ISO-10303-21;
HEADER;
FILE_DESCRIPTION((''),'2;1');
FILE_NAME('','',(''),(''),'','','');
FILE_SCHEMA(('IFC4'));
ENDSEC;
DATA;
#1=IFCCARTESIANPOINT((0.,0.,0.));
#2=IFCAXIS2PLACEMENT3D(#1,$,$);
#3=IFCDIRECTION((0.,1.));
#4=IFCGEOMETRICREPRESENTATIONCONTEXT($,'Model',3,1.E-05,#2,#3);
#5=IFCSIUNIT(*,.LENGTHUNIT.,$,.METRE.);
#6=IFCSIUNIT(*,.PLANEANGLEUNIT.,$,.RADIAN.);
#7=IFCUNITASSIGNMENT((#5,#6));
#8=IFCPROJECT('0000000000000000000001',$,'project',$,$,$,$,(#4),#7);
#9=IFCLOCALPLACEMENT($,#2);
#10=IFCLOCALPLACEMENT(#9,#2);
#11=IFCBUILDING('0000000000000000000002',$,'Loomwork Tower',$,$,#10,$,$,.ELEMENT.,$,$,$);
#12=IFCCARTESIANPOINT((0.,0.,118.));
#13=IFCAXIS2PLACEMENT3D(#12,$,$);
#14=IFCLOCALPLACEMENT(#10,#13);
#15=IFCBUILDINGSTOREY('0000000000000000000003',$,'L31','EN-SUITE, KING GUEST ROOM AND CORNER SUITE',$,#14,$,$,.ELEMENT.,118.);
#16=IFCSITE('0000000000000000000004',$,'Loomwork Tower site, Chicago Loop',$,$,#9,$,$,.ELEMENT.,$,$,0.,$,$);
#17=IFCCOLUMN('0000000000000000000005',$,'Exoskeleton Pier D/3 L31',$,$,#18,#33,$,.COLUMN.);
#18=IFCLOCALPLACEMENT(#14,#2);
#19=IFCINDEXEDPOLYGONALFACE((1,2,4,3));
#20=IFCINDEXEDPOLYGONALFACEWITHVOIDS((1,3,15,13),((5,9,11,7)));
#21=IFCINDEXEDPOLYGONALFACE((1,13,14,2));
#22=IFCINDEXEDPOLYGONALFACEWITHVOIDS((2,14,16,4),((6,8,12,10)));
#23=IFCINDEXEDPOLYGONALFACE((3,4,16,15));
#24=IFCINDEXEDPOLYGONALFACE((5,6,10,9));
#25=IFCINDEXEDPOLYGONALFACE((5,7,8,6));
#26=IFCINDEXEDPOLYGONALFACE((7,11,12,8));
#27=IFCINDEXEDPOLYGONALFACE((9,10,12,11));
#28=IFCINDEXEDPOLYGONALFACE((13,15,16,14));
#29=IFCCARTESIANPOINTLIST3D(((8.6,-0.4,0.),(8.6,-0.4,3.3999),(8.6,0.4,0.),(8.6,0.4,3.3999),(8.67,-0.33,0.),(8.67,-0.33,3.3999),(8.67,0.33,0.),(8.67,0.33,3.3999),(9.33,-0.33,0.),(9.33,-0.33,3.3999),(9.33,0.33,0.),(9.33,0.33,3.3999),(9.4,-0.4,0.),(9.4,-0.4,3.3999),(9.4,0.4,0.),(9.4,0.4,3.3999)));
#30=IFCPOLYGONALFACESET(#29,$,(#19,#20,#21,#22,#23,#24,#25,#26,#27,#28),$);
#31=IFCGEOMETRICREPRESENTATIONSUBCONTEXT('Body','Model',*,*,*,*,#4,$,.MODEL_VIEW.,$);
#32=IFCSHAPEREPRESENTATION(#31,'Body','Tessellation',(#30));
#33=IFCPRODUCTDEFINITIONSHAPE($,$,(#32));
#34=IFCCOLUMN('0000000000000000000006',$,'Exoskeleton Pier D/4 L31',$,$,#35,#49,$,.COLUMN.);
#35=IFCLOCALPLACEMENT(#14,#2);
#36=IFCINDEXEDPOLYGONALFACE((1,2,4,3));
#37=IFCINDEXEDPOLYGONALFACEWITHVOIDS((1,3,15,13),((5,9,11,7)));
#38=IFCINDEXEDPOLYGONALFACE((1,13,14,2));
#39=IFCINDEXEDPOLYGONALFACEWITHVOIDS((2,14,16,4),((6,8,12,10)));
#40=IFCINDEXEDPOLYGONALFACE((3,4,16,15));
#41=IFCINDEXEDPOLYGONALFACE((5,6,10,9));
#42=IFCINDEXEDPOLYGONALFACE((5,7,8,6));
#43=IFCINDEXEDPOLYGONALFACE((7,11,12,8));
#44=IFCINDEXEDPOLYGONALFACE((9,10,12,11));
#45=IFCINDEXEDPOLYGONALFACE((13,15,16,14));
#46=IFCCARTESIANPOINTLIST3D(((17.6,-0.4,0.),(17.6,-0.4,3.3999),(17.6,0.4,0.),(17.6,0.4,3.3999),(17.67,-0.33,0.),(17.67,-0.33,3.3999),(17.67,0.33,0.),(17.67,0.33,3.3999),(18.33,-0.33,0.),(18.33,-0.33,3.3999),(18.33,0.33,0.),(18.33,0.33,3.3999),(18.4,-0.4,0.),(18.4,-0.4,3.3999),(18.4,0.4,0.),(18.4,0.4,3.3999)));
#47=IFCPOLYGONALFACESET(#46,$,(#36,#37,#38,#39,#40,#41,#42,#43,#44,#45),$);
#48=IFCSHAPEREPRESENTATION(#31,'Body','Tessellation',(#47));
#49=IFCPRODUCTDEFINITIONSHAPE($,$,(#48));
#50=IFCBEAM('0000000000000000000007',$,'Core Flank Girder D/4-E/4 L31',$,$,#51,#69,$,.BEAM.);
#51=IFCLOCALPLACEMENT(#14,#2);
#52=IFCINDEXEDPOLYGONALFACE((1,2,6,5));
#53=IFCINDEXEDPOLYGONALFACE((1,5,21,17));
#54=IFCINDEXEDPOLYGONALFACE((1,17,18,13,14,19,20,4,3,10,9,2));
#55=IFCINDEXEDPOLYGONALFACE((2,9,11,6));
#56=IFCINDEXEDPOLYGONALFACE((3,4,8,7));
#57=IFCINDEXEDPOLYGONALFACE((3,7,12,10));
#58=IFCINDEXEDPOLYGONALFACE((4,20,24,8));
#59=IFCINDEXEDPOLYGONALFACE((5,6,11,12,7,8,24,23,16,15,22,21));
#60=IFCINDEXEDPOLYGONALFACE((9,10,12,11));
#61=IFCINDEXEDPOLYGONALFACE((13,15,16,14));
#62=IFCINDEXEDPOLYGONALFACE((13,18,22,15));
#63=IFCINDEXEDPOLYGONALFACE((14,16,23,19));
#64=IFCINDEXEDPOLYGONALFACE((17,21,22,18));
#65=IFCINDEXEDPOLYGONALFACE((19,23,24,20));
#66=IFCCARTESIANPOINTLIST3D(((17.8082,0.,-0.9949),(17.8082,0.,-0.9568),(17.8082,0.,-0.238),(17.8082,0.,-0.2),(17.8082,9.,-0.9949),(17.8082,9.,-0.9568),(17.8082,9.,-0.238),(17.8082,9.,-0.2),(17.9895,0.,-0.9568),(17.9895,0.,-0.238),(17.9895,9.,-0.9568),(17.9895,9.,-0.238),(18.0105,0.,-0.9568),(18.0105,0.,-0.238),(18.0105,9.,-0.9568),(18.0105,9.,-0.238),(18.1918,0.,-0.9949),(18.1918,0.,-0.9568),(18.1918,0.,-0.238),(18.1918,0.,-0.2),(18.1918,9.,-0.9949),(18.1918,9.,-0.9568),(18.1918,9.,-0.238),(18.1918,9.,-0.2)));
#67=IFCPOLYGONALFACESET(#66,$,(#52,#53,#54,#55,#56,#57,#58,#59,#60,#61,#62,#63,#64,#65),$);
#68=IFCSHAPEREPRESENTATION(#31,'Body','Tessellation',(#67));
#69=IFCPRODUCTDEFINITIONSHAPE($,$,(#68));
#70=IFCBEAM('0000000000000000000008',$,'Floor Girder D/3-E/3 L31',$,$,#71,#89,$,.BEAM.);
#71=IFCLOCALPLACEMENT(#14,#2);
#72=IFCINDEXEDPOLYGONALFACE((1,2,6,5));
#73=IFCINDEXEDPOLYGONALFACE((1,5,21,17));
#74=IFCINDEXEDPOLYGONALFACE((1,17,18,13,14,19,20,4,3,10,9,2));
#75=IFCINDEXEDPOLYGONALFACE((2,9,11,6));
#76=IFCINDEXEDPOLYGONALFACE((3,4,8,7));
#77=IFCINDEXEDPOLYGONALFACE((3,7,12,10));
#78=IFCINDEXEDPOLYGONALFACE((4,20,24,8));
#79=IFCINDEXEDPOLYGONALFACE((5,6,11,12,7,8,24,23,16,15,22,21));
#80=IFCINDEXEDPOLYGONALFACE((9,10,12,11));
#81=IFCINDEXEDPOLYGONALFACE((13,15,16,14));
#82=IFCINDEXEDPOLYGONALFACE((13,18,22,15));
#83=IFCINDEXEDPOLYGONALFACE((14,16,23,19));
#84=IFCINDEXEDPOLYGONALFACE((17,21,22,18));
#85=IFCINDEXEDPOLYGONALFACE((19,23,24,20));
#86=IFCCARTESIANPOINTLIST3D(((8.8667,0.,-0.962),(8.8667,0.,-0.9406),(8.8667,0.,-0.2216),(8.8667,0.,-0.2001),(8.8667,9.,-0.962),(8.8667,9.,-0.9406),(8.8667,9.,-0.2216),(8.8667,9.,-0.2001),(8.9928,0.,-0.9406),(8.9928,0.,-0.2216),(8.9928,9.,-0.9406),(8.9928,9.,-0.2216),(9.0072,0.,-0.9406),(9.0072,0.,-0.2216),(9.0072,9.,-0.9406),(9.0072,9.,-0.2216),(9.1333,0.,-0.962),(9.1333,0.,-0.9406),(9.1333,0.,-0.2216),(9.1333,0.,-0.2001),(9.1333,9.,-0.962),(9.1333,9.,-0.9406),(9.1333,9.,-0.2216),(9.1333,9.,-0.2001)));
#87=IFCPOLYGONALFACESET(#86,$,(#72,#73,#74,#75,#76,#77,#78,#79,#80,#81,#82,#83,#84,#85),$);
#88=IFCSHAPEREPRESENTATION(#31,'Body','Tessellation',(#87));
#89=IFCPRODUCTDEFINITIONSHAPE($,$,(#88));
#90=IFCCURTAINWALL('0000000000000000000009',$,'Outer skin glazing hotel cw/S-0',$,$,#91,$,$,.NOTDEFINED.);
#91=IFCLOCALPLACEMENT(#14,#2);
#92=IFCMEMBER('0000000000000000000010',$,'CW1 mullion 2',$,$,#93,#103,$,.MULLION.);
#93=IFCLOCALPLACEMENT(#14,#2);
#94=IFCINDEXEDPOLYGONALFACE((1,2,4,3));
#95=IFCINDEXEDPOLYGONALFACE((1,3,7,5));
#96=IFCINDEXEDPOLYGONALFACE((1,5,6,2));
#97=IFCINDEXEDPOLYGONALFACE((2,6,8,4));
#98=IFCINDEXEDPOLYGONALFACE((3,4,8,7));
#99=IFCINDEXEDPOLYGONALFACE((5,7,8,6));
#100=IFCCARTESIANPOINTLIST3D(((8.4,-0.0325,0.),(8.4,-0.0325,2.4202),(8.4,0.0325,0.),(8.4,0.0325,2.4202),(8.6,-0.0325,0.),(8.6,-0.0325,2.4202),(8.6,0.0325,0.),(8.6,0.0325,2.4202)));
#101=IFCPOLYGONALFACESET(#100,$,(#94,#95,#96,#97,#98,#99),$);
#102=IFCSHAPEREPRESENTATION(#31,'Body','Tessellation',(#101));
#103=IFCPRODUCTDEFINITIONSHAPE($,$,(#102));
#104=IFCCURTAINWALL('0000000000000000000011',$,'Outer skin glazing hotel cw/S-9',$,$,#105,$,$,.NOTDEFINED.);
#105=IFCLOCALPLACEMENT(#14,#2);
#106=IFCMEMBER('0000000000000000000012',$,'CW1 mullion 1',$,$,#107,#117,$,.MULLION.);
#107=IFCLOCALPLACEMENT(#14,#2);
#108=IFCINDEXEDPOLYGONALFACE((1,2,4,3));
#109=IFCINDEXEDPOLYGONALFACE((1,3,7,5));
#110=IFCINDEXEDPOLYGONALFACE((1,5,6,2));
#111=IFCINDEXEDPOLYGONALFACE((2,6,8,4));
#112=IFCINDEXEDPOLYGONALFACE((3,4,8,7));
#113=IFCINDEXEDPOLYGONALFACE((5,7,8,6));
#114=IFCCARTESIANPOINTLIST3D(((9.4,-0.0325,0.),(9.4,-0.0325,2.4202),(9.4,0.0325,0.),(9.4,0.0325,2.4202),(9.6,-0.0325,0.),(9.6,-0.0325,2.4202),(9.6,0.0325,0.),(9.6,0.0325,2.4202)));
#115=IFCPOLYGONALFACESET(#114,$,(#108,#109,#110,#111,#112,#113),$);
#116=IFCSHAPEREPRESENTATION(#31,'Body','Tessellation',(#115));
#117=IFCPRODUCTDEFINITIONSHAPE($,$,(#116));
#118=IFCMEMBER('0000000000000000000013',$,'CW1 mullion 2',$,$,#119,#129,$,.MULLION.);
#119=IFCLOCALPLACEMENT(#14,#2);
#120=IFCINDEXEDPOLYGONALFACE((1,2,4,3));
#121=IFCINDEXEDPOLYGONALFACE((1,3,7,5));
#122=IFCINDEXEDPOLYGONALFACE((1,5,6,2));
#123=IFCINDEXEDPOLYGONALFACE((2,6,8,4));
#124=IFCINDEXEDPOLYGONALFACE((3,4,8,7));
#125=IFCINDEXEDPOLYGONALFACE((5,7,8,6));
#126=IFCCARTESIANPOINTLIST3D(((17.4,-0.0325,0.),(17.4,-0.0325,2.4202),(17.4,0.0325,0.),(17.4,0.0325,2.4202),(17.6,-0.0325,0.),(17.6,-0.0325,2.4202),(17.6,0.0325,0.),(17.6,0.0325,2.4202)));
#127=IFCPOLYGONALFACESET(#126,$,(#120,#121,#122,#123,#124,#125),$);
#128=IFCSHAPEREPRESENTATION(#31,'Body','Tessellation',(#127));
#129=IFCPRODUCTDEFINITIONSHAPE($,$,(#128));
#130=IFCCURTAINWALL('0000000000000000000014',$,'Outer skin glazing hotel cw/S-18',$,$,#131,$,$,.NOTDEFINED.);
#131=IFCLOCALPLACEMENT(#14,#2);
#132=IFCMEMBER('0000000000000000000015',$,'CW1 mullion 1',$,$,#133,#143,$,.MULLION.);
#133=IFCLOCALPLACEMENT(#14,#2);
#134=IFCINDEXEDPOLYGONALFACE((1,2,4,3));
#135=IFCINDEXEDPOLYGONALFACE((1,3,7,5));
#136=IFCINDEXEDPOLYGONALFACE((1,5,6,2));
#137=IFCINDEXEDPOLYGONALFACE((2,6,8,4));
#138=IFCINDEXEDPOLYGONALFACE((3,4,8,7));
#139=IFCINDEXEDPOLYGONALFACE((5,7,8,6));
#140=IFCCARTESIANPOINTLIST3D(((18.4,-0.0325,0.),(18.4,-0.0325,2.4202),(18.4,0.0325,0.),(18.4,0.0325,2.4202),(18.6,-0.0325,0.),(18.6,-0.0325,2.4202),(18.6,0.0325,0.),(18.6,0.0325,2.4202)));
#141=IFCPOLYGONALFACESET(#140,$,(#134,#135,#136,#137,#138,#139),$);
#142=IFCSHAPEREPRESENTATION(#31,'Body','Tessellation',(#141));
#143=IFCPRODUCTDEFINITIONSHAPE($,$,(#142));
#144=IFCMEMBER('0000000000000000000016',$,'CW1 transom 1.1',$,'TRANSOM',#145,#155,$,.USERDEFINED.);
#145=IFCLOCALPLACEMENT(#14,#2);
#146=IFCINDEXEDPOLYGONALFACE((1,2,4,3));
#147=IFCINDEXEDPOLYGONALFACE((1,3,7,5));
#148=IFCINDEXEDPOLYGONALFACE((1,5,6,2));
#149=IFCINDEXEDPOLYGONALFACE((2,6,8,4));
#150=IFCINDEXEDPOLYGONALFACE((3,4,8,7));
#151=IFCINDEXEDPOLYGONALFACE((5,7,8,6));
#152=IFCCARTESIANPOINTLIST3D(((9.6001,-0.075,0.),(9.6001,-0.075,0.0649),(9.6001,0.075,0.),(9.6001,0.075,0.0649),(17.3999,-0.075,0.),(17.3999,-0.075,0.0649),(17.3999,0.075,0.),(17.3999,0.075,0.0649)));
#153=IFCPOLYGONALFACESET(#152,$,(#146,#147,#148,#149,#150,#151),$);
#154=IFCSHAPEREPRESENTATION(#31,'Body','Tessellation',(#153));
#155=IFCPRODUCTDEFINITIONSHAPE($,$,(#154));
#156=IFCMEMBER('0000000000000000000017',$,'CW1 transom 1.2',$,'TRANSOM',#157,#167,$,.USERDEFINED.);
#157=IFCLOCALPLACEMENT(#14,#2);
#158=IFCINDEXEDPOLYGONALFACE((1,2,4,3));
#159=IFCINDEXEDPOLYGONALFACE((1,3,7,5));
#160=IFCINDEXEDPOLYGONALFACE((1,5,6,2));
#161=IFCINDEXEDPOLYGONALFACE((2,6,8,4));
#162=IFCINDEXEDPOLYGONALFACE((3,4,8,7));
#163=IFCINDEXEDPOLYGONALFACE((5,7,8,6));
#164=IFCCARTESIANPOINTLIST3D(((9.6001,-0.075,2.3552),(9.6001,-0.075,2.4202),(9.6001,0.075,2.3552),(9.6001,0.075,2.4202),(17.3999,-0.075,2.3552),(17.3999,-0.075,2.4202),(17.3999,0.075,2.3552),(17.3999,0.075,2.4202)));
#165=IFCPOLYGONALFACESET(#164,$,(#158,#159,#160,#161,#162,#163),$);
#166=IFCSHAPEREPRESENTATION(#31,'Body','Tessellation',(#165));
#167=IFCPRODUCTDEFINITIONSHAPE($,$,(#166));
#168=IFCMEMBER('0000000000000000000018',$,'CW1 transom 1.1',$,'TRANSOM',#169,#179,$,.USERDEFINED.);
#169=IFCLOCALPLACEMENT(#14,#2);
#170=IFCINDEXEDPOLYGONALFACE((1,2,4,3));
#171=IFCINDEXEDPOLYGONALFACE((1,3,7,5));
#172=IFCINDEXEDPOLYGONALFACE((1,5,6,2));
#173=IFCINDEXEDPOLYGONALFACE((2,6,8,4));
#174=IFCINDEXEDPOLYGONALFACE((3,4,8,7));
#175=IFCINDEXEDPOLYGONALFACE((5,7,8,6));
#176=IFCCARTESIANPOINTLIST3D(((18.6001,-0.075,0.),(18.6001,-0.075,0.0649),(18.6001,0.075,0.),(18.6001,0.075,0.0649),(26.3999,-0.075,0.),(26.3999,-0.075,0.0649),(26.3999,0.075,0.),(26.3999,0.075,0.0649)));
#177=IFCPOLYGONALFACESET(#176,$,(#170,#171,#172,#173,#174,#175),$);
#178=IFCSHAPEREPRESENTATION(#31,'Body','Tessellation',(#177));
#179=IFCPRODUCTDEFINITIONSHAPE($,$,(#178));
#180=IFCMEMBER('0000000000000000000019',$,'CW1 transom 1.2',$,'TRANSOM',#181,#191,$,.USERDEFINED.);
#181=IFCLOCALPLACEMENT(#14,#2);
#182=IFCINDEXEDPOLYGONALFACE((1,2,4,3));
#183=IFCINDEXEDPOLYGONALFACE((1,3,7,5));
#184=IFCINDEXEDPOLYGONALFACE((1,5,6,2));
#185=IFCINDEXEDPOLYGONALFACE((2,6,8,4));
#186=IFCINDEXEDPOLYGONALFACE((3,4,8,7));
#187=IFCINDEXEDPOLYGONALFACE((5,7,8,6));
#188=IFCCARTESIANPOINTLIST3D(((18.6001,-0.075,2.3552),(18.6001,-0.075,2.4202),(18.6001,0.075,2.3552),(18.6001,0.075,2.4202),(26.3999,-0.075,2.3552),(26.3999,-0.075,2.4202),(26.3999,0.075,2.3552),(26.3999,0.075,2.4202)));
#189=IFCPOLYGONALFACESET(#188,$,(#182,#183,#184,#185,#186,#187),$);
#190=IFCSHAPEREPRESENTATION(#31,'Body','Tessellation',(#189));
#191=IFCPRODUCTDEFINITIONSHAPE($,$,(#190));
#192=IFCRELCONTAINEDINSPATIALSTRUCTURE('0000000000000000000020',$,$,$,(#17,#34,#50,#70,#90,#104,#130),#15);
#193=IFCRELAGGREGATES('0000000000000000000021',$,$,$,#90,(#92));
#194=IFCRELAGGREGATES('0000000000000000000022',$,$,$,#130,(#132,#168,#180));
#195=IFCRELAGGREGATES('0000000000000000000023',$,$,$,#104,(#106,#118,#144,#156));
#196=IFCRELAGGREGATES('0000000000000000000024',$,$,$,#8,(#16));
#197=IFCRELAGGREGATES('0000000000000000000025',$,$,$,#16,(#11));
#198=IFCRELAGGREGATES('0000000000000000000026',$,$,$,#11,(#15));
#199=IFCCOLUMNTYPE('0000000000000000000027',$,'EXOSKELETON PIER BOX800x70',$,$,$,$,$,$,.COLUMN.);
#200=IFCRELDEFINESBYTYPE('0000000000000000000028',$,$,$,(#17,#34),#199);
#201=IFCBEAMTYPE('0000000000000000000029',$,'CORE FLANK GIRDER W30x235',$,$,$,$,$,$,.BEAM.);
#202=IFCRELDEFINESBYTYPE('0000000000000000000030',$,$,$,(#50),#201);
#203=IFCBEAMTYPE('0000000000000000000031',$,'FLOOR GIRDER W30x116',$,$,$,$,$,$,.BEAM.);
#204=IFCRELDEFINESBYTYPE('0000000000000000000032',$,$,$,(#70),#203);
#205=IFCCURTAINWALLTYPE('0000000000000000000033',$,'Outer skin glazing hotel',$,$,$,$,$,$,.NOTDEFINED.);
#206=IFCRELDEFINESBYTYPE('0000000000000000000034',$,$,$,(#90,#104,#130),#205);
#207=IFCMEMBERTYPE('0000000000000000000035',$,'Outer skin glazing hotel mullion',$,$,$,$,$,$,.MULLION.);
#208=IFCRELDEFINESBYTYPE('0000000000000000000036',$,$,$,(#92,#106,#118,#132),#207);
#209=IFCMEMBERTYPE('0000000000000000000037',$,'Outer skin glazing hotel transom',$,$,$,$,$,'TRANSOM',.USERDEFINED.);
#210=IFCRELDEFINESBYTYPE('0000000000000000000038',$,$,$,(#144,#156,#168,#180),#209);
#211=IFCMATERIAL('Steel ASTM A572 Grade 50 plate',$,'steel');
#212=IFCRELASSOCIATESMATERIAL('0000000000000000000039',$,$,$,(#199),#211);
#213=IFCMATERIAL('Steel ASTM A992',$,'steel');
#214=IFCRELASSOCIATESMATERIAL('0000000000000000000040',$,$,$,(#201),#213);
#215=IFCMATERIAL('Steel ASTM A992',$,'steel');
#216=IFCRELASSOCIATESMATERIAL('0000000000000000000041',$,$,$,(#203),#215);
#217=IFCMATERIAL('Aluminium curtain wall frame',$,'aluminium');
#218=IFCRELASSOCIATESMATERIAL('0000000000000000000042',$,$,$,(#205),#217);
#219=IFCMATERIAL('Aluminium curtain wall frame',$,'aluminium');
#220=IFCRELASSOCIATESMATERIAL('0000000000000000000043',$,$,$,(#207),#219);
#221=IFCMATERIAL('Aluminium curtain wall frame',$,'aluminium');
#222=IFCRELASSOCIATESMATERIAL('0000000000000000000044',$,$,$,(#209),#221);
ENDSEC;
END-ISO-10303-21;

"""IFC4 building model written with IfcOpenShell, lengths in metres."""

from ifc_helpers import new_model, si_unit, direction, frame, origin, origin_2d, place, context, subcontext, project, spatial, rectangle, hollow_rectangle, i_section, extrude, material, material_profile, profile_set, type_object, element, aggregate, save


model = new_model("IFC4")

# Units and contexts
model_context = context("Model", 3, precision=1e-05, world=origin(), true_north=direction((0.0, 1.0)))
body_context = subcontext(model_context, "Body", "Model", "MODEL_VIEW")
ifc_project = project(units=[si_unit("LENGTHUNIT", "METRE"), si_unit("PLANEANGLEUNIT", "RADIAN")], contexts=[model_context])

# Site, building, storey
site_placement = place(None, origin())
site = spatial("IfcSite", under=ifc_project, at=site_placement, Name="Loomwork Tower site, Chicago Loop", CompositionType="ELEMENT", RefElevation=0.0)
building_placement = place(site_placement, origin())
building = spatial("IfcBuilding", under=site, at=building_placement, Name="Loomwork Tower", CompositionType="ELEMENT")
storey_placement = place(building_placement, frame((0.0, 0.0, 118.0)))
storey = spatial("IfcBuildingStorey", under=building, at=storey_placement, Name="L31", Description="EN-SUITE, KING GUEST ROOM AND CORNER SUITE", CompositionType="ELEMENT", Elevation=118.0)

# Columns
ifc_material_1 = material(Name="Steel ASTM A572 Grade 50 plate", Category="steel")
ifc_material_profile_1 = material_profile(ifc_material_1, hollow_rectangle(XDim=0.8, YDim=0.8, WallThickness=0.0701, at=origin_2d()), Name="BOX800x70")
ifc_profile_set_1 = profile_set([ifc_material_profile_1], Name="Steel ASTM A572 Grade 50 plate")
column_type = type_object("IfcColumnType", Name="EXOSKELETON PIER BOX800x70", PredefinedType="COLUMN", material=ifc_profile_set_1)
for number, where, z_axis, x_axis, name in (
    (1, (9.0, 0.0, 0.0), (0.0, 0.0, 1.0), (1.0, 0.0, 0.0), "Exoskeleton Pier D/3 L31"),
    (2, (18.0, 0.0, 0.0), (0.0, 0.0, 1.0), (1.0, 0.0, 0.0), "Exoskeleton Pier D/4 L31"),
):
    element("IfcColumn", number, at=place(storey_placement, frame(where, z_axis=z_axis, x_axis=x_axis)), inside=storey, type_object=column_type, Name=name, PredefinedType="COLUMN", context=body_context, shape_type="SweptSolid", body=[
        extrude(hollow_rectangle(XDim=0.8, YDim=0.8, WallThickness=0.0701, at=origin_2d()), origin(), (0.0, 0.0, 1.0), 3.3999),
    ])

# Beams
ifc_material_2 = material(Name="Steel ASTM A992", Category="steel")
ifc_material_profile_2 = material_profile(ifc_material_2, i_section(OverallWidth=0.3835, OverallDepth=0.7949, WebThickness=0.021, FlangeThickness=0.0381, at=origin_2d()), Name="W30x235")
ifc_profile_set_2 = profile_set([ifc_material_profile_2], Name="Steel ASTM A992")
beam_type_1 = type_object("IfcBeamType", Name="CORE FLANK GIRDER W30x235", PredefinedType="BEAM", material=ifc_profile_set_2)
beam_1_placement = place(storey_placement, frame((18.0, 0.0, -0.5974), z_axis=(0.0, 1.0, 0.0), x_axis=(-1.0, 0.0, 0.0)))
element("IfcBeam", 3, at=beam_1_placement, inside=storey, type_object=beam_type_1, Name="Core Flank Girder D/4-E/4 L31", PredefinedType="BEAM", context=body_context, shape_type="SweptSolid", body=[
    extrude(i_section(OverallWidth=0.3835, OverallDepth=0.7949, WebThickness=0.021, FlangeThickness=0.0381, at=origin_2d()), origin(), (0.0, 0.0, 1.0), 9.0),
])
ifc_material_3 = material(Name="Steel ASTM A992", Category="steel")
ifc_material_profile_3 = material_profile(ifc_material_3, i_section(OverallWidth=0.2666, OverallDepth=0.762, WebThickness=0.0144, FlangeThickness=0.0215, at=origin_2d()), Name="W30x116")
ifc_profile_set_3 = profile_set([ifc_material_profile_3], Name="Steel ASTM A992")
beam_type_2 = type_object("IfcBeamType", Name="FLOOR GIRDER W30x116", PredefinedType="BEAM", material=ifc_profile_set_3)
beam_2_placement = place(storey_placement, frame((9.0, 0.0, -0.5811), z_axis=(0.0, 1.0, 0.0), x_axis=(-1.0, 0.0, 0.0)))
element("IfcBeam", 4, at=beam_2_placement, inside=storey, type_object=beam_type_2, Name="Floor Girder D/3-E/3 L31", PredefinedType="BEAM", context=body_context, shape_type="SweptSolid", body=[
    extrude(i_section(OverallWidth=0.2666, OverallDepth=0.762, WebThickness=0.0144, FlangeThickness=0.0215, at=origin_2d()), origin(), (0.0, 0.0, 1.0), 9.0),
])

# Curtain wall, member
ifc_material_4 = material(Name="Aluminium curtain wall frame", Category="aluminium")
curtain_wall_type = type_object("IfcCurtainWallType", Name="Outer skin glazing hotel", PredefinedType="NOTDEFINED", material=ifc_material_4)
curtain_wall_1_placement = place(storey_placement, origin())
curtain_wall_1 = element("IfcCurtainWall", 5, at=curtain_wall_1_placement, inside=storey, type_object=curtain_wall_type, Name="Outer skin glazing hotel cw/S-0", PredefinedType="NOTDEFINED")
ifc_material_5 = material(Name="Aluminium curtain wall frame", Category="aluminium")
ifc_material_profile_4 = material_profile(ifc_material_5, rectangle(XDim=0.0649, YDim=0.2, at=origin_2d()), Name="AL 65x200")
ifc_profile_set_4 = profile_set([ifc_material_profile_4], Name="Aluminium curtain wall frame")
member_type_1 = type_object("IfcMemberType", Name="Outer skin glazing hotel mullion", PredefinedType="MULLION", material=ifc_profile_set_4)
member_1_placement = place(storey_placement, frame((8.5, 0.0, 0.0), z_axis=(0.0, 0.0, 1.0), x_axis=(0.0, 1.0, 0.0)))
member_1 = element("IfcMember", 6, at=member_1_placement, type_object=member_type_1, Name="CW1 mullion 2", PredefinedType="MULLION", context=body_context, shape_type="SweptSolid", body=[
    extrude(rectangle(XDim=0.0649, YDim=0.2, at=origin_2d()), origin(), (0.0, 0.0, 1.0), 2.4202),
])
aggregate(curtain_wall_1, [member_1])

# Curtain wall, members
curtain_wall_2_placement = place(storey_placement, origin())
curtain_wall_2 = element("IfcCurtainWall", 7, at=curtain_wall_2_placement, inside=storey, type_object=curtain_wall_type, Name="Outer skin glazing hotel cw/S-9", PredefinedType="NOTDEFINED")
member_2_placement = place(storey_placement, frame((9.5, 0.0, 0.0), z_axis=(0.0, 0.0, 1.0), x_axis=(0.0, 1.0, 0.0)))
member_2 = element("IfcMember", 8, at=member_2_placement, type_object=member_type_1, Name="CW1 mullion 1", PredefinedType="MULLION", context=body_context, shape_type="SweptSolid", body=[
    extrude(rectangle(XDim=0.0649, YDim=0.2, at=origin_2d()), origin(), (0.0, 0.0, 1.0), 2.4202),
])
member_3_placement = place(storey_placement, frame((17.5, 0.0, 0.0), z_axis=(0.0, 0.0, 1.0), x_axis=(0.0, 1.0, 0.0)))
member_3 = element("IfcMember", 9, at=member_3_placement, type_object=member_type_1, Name="CW1 mullion 2", PredefinedType="MULLION", context=body_context, shape_type="SweptSolid", body=[
    extrude(rectangle(XDim=0.0649, YDim=0.2, at=origin_2d()), origin(), (0.0, 0.0, 1.0), 2.4202),
])

# Curtain wall, member
curtain_wall_3_placement = place(storey_placement, origin())
curtain_wall_3 = element("IfcCurtainWall", 10, at=curtain_wall_3_placement, inside=storey, type_object=curtain_wall_type, Name="Outer skin glazing hotel cw/S-18", PredefinedType="NOTDEFINED")
member_4_placement = place(storey_placement, frame((18.5, 0.0, 0.0), z_axis=(0.0, 0.0, 1.0), x_axis=(0.0, 1.0, 0.0)))
member_4 = element("IfcMember", 11, at=member_4_placement, type_object=member_type_1, Name="CW1 mullion 1", PredefinedType="MULLION", context=body_context, shape_type="SweptSolid", body=[
    extrude(rectangle(XDim=0.0649, YDim=0.2, at=origin_2d()), origin(), (0.0, 0.0, 1.0), 2.4202),
])

# Members
ifc_material_6 = material(Name="Aluminium curtain wall frame", Category="aluminium")
ifc_material_profile_5 = material_profile(ifc_material_6, rectangle(XDim=0.1499, YDim=0.0649, at=origin_2d()), Name="AL 65x150")
ifc_profile_set_5 = profile_set([ifc_material_profile_5], Name="Aluminium curtain wall frame")
member_type_2 = type_object("IfcMemberType", Name="Outer skin glazing hotel transom", ElementType="TRANSOM", PredefinedType="USERDEFINED", material=ifc_profile_set_5)
member_5_placement = place(storey_placement, frame((9.6001, 0.0, 0.0325), z_axis=(1.0, 0.0, 0.0), x_axis=(0.0, 1.0, 0.0)))
member_5 = element("IfcMember", 12, at=member_5_placement, type_object=member_type_2, Name="CW1 transom 1.1", ObjectType="TRANSOM", PredefinedType="USERDEFINED", context=body_context, shape_type="SweptSolid", body=[
    extrude(rectangle(XDim=0.1499, YDim=0.0649, at=origin_2d()), origin(), (0.0, 0.0, 1.0), 7.7998),
])
member_6_placement = place(storey_placement, frame((9.6001, 0.0, 2.3877), z_axis=(1.0, 0.0, 0.0), x_axis=(0.0, 1.0, 0.0)))
member_6 = element("IfcMember", 13, at=member_6_placement, type_object=member_type_2, Name="CW1 transom 1.2", ObjectType="TRANSOM", PredefinedType="USERDEFINED", context=body_context, shape_type="SweptSolid", body=[
    extrude(rectangle(XDim=0.1499, YDim=0.0649, at=origin_2d()), origin(), (0.0, 0.0, 1.0), 7.7998),
])
member_7_placement = place(storey_placement, frame((18.6001, 0.0, 0.0325), z_axis=(1.0, 0.0, 0.0), x_axis=(0.0, 1.0, 0.0)))
member_7 = element("IfcMember", 14, at=member_7_placement, type_object=member_type_2, Name="CW1 transom 1.1", ObjectType="TRANSOM", PredefinedType="USERDEFINED", context=body_context, shape_type="SweptSolid", body=[
    extrude(rectangle(XDim=0.1499, YDim=0.0649, at=origin_2d()), origin(), (0.0, 0.0, 1.0), 7.7998),
])
member_8_placement = place(storey_placement, frame((18.6001, 0.0, 2.3877), z_axis=(1.0, 0.0, 0.0), x_axis=(0.0, 1.0, 0.0)))
member_8 = element("IfcMember", 15, at=member_8_placement, type_object=member_type_2, Name="CW1 transom 1.2", ObjectType="TRANSOM", PredefinedType="USERDEFINED", context=body_context, shape_type="SweptSolid", body=[
    extrude(rectangle(XDim=0.1499, YDim=0.0649, at=origin_2d()), origin(), (0.0, 0.0, 1.0), 7.7998),
])
aggregate(curtain_wall_3, [member_4, member_7, member_8])

aggregate(curtain_wall_2, [member_2, member_3, member_5, member_6])

save(model, "model.ifc")
